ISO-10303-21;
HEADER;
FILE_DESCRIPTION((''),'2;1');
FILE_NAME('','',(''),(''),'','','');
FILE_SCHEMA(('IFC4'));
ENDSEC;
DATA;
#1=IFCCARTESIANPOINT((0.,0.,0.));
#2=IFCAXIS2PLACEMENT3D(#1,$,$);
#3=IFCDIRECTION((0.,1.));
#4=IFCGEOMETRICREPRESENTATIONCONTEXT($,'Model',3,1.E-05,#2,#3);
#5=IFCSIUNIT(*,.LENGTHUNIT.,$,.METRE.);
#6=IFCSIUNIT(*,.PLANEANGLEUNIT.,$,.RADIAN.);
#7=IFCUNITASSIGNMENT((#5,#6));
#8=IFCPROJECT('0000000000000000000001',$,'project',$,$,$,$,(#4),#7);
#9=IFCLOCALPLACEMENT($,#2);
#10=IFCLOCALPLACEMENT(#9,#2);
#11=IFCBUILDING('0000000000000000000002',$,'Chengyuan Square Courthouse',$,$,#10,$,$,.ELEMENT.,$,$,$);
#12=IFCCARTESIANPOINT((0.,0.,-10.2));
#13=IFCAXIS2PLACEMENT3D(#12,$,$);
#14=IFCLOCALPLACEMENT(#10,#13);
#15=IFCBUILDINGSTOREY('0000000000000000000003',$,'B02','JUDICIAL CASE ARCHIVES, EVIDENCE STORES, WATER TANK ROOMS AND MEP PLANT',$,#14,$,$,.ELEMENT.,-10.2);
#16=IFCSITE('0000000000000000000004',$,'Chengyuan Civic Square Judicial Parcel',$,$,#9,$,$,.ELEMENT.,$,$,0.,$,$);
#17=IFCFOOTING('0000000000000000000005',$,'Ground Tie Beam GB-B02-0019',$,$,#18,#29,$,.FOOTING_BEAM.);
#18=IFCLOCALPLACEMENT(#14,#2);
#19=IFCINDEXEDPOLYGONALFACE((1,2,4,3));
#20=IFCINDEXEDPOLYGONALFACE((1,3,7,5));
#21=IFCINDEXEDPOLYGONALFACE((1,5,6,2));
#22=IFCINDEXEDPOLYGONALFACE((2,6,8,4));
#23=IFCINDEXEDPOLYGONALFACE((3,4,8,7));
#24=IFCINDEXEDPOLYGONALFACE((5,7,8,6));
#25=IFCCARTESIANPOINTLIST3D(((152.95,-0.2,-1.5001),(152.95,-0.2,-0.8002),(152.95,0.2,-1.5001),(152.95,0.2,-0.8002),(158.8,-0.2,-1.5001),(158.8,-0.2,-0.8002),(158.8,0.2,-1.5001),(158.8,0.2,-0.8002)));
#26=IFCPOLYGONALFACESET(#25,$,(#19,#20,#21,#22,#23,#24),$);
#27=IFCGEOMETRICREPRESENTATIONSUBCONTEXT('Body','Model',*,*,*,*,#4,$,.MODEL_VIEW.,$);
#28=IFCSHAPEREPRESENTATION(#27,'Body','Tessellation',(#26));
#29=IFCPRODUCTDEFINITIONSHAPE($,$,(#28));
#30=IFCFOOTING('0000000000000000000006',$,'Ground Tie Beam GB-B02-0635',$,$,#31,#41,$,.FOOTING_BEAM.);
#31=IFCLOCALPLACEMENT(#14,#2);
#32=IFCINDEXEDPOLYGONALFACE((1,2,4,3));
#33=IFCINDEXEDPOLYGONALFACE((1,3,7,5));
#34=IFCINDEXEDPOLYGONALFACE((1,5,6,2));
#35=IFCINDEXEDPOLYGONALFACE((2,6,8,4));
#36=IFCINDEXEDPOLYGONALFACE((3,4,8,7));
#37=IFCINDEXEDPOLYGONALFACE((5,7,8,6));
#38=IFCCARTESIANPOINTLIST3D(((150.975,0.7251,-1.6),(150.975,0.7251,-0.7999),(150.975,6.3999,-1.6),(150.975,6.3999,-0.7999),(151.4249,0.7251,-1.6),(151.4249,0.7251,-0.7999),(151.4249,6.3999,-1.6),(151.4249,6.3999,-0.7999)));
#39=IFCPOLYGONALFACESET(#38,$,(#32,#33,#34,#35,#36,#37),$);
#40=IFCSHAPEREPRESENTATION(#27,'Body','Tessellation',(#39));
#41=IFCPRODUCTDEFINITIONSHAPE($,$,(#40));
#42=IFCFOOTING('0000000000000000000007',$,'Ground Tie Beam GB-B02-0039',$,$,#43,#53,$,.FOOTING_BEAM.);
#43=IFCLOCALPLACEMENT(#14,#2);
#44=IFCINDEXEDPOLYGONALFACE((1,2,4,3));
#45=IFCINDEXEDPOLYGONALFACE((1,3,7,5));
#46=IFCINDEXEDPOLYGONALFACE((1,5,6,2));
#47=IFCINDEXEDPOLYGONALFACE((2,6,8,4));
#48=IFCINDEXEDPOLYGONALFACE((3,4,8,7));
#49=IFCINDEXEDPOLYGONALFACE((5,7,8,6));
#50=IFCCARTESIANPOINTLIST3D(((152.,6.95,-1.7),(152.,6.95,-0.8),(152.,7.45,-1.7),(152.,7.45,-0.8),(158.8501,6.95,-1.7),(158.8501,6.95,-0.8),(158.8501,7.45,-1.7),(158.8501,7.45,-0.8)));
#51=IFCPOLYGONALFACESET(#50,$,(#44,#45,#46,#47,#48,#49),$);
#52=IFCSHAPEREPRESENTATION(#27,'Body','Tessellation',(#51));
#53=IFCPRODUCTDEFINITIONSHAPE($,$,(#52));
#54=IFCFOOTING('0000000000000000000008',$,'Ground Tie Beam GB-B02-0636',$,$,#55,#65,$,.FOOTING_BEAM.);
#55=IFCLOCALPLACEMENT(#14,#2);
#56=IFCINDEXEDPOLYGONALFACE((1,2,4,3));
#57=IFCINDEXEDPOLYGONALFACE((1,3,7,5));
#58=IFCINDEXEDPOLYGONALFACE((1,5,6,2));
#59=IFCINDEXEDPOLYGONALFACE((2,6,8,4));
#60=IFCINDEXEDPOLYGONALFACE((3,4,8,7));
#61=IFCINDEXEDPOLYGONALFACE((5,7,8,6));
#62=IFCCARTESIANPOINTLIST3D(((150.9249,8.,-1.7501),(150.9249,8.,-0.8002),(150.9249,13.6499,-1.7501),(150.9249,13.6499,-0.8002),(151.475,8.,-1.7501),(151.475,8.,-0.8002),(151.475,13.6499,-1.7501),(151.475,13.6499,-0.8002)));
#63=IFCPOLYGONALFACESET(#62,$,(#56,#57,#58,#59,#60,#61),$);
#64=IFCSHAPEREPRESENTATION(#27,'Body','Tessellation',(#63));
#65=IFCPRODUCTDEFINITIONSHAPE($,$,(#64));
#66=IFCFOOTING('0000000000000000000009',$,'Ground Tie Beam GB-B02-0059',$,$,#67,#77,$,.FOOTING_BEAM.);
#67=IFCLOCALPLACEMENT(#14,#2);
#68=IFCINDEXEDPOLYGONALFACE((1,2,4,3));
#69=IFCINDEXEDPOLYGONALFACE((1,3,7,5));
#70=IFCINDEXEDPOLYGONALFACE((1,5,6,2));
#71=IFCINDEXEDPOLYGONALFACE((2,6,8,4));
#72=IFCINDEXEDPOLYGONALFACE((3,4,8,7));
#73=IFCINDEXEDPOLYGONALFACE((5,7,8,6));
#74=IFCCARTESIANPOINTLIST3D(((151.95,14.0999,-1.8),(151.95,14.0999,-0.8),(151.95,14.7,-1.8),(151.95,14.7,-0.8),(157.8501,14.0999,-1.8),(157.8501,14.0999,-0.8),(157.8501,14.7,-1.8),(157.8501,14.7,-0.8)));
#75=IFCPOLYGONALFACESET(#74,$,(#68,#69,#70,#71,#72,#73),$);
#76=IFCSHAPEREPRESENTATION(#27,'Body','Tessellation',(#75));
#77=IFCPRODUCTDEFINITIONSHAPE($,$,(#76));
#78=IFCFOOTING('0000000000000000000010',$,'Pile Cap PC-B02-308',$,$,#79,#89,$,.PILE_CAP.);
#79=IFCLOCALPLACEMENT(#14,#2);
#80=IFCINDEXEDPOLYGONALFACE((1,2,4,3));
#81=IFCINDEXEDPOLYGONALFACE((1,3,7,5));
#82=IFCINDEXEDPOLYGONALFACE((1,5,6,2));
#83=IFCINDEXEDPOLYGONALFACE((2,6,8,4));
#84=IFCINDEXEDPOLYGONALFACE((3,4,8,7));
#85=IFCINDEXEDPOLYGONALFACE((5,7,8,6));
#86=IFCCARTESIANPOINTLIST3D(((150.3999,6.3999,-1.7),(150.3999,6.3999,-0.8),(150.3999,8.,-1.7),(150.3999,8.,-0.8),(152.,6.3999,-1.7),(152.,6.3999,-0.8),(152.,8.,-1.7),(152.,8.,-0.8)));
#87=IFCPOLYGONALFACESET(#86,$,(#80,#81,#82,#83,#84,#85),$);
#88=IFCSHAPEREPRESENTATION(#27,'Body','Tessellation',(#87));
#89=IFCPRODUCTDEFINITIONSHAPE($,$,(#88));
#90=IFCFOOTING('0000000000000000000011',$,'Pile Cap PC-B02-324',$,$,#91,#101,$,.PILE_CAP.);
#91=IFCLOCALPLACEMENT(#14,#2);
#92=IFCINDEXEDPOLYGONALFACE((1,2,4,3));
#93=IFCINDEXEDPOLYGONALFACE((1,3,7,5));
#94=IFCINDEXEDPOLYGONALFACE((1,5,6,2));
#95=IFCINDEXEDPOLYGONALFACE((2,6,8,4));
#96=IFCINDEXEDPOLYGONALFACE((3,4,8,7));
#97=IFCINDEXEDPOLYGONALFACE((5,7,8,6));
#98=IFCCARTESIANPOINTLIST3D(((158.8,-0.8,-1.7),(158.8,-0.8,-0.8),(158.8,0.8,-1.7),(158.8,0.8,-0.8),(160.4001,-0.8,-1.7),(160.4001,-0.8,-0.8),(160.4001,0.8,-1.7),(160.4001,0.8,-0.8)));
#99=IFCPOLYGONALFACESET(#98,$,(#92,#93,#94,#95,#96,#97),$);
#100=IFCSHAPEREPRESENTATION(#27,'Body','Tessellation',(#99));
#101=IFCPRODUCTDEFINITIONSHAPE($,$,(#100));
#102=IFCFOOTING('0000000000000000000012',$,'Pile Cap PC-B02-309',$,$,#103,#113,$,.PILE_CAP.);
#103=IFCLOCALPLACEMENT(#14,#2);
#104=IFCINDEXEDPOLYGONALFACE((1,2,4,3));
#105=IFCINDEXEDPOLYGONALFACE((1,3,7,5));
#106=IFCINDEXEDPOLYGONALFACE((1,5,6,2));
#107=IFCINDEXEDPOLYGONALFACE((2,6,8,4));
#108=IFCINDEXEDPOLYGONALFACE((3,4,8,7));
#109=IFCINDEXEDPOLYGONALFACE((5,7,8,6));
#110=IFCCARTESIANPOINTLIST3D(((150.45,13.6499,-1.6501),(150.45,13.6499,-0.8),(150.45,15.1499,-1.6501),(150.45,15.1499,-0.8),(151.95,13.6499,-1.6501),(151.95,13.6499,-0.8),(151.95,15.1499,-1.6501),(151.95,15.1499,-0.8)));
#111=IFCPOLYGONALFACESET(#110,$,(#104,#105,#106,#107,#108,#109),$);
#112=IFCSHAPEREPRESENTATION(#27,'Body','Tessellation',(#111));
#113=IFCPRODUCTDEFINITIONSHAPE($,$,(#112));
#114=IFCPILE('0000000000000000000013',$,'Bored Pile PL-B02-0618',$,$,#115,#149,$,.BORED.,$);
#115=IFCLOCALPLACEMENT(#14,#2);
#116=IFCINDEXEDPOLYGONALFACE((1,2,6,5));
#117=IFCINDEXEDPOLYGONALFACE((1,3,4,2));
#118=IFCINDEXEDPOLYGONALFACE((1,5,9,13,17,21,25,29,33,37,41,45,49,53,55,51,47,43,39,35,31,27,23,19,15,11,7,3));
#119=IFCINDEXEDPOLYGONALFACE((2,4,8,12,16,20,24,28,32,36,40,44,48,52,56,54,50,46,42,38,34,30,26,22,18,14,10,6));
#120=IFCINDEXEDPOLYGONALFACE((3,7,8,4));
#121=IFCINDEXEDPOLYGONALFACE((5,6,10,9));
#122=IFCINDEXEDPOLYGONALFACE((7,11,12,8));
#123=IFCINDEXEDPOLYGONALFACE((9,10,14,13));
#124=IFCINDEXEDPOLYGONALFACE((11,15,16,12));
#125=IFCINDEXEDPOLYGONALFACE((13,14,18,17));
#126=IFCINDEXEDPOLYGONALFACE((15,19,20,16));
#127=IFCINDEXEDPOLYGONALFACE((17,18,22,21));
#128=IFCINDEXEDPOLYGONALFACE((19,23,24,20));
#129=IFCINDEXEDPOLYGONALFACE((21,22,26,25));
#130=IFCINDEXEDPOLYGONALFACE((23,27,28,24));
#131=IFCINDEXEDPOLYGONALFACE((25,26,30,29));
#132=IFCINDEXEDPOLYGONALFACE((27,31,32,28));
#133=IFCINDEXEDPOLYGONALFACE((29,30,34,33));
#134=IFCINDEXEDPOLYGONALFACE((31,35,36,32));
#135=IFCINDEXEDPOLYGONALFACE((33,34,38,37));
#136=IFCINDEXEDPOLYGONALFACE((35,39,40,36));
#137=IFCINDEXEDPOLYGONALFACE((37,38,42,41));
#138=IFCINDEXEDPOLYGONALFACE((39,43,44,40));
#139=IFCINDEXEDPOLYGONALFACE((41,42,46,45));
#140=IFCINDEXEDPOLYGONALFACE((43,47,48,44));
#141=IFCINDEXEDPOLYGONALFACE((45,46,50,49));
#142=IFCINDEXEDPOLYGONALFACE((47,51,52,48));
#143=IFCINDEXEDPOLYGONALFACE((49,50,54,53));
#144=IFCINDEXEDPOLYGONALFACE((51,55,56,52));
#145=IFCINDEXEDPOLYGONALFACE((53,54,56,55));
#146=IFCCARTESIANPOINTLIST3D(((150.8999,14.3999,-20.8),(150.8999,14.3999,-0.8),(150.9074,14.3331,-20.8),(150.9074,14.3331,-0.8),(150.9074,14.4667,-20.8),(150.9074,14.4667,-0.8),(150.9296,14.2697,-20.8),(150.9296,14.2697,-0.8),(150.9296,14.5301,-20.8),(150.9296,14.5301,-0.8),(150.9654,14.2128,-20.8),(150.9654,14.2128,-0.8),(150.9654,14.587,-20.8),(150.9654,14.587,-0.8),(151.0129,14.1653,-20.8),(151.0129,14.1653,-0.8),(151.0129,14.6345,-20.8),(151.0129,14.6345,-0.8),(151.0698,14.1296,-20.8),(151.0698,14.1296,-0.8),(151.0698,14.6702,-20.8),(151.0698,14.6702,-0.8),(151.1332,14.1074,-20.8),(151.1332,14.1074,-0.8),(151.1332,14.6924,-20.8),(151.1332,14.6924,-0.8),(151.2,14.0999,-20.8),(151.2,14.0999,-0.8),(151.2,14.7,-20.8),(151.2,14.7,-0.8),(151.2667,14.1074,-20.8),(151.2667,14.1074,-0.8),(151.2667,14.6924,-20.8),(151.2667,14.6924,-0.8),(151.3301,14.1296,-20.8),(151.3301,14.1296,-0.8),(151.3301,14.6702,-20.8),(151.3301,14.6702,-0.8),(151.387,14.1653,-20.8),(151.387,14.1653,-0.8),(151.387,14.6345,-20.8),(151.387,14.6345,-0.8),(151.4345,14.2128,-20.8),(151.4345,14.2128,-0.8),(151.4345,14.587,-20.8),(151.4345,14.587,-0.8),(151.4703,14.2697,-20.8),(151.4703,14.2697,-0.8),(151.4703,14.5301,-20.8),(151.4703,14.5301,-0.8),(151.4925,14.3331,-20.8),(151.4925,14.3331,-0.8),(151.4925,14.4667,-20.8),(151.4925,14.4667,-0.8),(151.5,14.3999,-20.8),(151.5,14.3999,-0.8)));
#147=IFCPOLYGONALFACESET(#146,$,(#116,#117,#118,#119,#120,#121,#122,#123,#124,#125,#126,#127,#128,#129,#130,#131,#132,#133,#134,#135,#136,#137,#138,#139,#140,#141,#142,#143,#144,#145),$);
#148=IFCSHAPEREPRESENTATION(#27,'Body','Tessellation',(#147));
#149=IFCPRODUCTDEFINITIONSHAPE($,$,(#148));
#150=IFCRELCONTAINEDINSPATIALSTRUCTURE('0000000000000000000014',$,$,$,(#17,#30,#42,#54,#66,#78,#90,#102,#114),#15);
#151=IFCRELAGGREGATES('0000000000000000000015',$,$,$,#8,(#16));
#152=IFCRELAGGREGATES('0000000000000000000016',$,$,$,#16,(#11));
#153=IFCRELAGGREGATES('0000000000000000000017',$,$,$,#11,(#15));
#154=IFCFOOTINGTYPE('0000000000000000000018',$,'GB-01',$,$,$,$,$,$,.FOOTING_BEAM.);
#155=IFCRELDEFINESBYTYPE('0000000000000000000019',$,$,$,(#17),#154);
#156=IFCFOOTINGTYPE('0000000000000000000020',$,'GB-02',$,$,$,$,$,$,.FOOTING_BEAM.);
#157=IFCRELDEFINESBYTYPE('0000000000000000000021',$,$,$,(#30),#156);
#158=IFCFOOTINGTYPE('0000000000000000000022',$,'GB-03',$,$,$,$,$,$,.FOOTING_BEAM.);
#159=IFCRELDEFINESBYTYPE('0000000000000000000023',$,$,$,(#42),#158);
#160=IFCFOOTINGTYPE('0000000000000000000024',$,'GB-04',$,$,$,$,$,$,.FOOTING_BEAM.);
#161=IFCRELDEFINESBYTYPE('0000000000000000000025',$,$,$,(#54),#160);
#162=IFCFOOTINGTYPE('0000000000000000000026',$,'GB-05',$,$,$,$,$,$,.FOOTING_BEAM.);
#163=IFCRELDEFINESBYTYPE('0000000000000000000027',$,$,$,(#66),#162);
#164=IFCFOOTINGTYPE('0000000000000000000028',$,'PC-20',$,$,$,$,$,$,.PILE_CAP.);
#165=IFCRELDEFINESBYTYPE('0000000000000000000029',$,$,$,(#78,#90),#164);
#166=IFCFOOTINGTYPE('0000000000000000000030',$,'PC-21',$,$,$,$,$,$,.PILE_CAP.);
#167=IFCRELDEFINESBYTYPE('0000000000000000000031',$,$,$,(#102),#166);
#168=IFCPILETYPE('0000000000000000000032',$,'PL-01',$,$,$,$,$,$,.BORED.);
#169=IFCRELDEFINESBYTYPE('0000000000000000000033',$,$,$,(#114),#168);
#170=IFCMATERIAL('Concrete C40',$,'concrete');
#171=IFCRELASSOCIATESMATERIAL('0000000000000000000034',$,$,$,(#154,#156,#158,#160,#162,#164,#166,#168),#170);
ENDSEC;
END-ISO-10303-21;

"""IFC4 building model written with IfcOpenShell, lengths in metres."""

from ifc_helpers import new_model, si_unit, direction, frame, origin, origin_2d, place, context, subcontext, project, spatial, rectangle, circle, extrude, material, material_profile, profile_set, type_object, element, save


model = new_model("IFC4")

# Units and contexts
model_context = context("Model", 3, precision=1e-05, world=origin(), true_north=direction((0.0, 1.0)))
body_context = subcontext(model_context, "Body", "Model", "MODEL_VIEW")
ifc_project = project(units=[si_unit("LENGTHUNIT", "METRE"), si_unit("PLANEANGLEUNIT", "RADIAN")], contexts=[model_context])

# Site, building, storey
site_placement = place(None, origin())
site = spatial("IfcSite", under=ifc_project, at=site_placement, Name="Chengyuan Civic Square Judicial Parcel", CompositionType="ELEMENT", RefElevation=0.0)
building_placement = place(site_placement, origin())
building = spatial("IfcBuilding", under=site, at=building_placement, Name="Chengyuan Square Courthouse", CompositionType="ELEMENT")
storey_placement = place(building_placement, frame((0.0, 0.0, -10.2)))
storey = spatial("IfcBuildingStorey", under=building, at=storey_placement, Name="B02", Description="JUDICIAL CASE ARCHIVES, EVIDENCE STORES, WATER TANK ROOMS AND MEP PLANT", CompositionType="ELEMENT", Elevation=-10.2)

# Footings
ifc_material_1 = material(Name="Concrete C40", Category="concrete")
ifc_material_profile_1 = material_profile(ifc_material_1, rectangle(XDim=0.3999, YDim=0.7, at=origin_2d()), Name="GB-400x700")
ifc_profile_set_1 = profile_set([ifc_material_profile_1], Name="Concrete C40")
footing_type_1 = type_object("IfcFootingType", Name="GB-01", PredefinedType="FOOTING_BEAM", material=ifc_profile_set_1)
footing_1_placement = place(storey_placement, frame((152.95, 0.0, -1.1501), z_axis=(1.0, 0.0, 0.0), x_axis=(0.0, 1.0, 0.0)))
element("IfcFooting", 1, at=footing_1_placement, inside=storey, type_object=footing_type_1, Name="Ground Tie Beam GB-B02-0019", PredefinedType="FOOTING_BEAM", context=body_context, shape_type="SweptSolid", body=[
    extrude(rectangle(XDim=0.3999, YDim=0.7, at=origin_2d()), origin(), (0.0, 0.0, 1.0), 5.8501),
])
ifc_material_profile_2 = material_profile(ifc_material_1, rectangle(XDim=0.45, YDim=0.8, at=origin_2d()), Name="GB-450x800")
ifc_profile_set_2 = profile_set([ifc_material_profile_2], Name="Concrete C40")
footing_type_2 = type_object("IfcFootingType", Name="GB-02", PredefinedType="FOOTING_BEAM", material=ifc_profile_set_2)
footing_2_placement = place(storey_placement, frame((151.2, 0.7251, -1.2), z_axis=(0.0, 1.0, 0.0), x_axis=(-1.0, 0.0, 0.0)))
element("IfcFooting", 2, at=footing_2_placement, inside=storey, type_object=footing_type_2, Name="Ground Tie Beam GB-B02-0635", PredefinedType="FOOTING_BEAM", context=body_context, shape_type="SweptSolid", body=[
    extrude(rectangle(XDim=0.45, YDim=0.8, at=origin_2d()), origin(), (0.0, 0.0, 1.0), 5.6748),
])
ifc_material_profile_3 = material_profile(ifc_material_1, rectangle(XDim=0.5, YDim=0.8999, at=origin_2d()), Name="GB-500x900")
ifc_profile_set_3 = profile_set([ifc_material_profile_3], Name="Concrete C40")
footing_type_3 = type_object("IfcFootingType", Name="GB-03", PredefinedType="FOOTING_BEAM", material=ifc_profile_set_3)
footing_3_placement = place(storey_placement, frame((152.0, 7.2, -1.25), z_axis=(1.0, 0.0, 0.0), x_axis=(0.0, 1.0, 0.0)))
element("IfcFooting", 3, at=footing_3_placement, inside=storey, type_object=footing_type_3, Name="Ground Tie Beam GB-B02-0039", PredefinedType="FOOTING_BEAM", context=body_context, shape_type="SweptSolid", body=[
    extrude(rectangle(XDim=0.5, YDim=0.8999, at=origin_2d()), origin(), (0.0, 0.0, 1.0), 6.8501),
])
ifc_material_profile_4 = material_profile(ifc_material_1, rectangle(XDim=0.55, YDim=0.95, at=origin_2d()), Name="GB-550x950")
ifc_profile_set_4 = profile_set([ifc_material_profile_4], Name="Concrete C40")
footing_type_4 = type_object("IfcFootingType", Name="GB-04", PredefinedType="FOOTING_BEAM", material=ifc_profile_set_4)
footing_4_placement = place(storey_placement, frame((151.2, 8.0, -1.2751), z_axis=(0.0, 1.0, 0.0), x_axis=(-1.0, 0.0, 0.0)))
element("IfcFooting", 4, at=footing_4_placement, inside=storey, type_object=footing_type_4, Name="Ground Tie Beam GB-B02-0636", PredefinedType="FOOTING_BEAM", context=body_context, shape_type="SweptSolid", body=[
    extrude(rectangle(XDim=0.55, YDim=0.95, at=origin_2d()), origin(), (0.0, 0.0, 1.0), 5.6499),
])
ifc_material_profile_5 = material_profile(ifc_material_1, rectangle(XDim=0.6001, YDim=1.0, at=origin_2d()), Name="GB-600x1000")
ifc_profile_set_5 = profile_set([ifc_material_profile_5], Name="Concrete C40")
footing_type_5 = type_object("IfcFootingType", Name="GB-05", PredefinedType="FOOTING_BEAM", material=ifc_profile_set_5)
footing_5_placement = place(storey_placement, frame((151.95, 14.3999, -1.3), z_axis=(1.0, 0.0, 0.0), x_axis=(0.0, 1.0, 0.0)))
element("IfcFooting", 5, at=footing_5_placement, inside=storey, type_object=footing_type_5, Name="Ground Tie Beam GB-B02-0059", PredefinedType="FOOTING_BEAM", context=body_context, shape_type="SweptSolid", body=[
    extrude(rectangle(XDim=0.6001, YDim=1.0, at=origin_2d()), origin(), (0.0, 0.0, 1.0), 5.9001),
])
footing_type_6 = type_object("IfcFootingType", Name="PC-20", PredefinedType="PILE_CAP", material=ifc_material_1)
for number, where, z_axis, x_axis, name in (
    (6, (151.2, 7.2, -1.7), (0.0, 0.0, 1.0), (1.0, 0.0, 0.0), "Pile Cap PC-B02-308"),
    (7, (159.6001, 0.0, -1.7), (0.0, 0.0, 1.0), (1.0, 0.0, 0.0), "Pile Cap PC-B02-324"),
):
    element("IfcFooting", number, at=place(storey_placement, frame(where, z_axis=z_axis, x_axis=x_axis)), inside=storey, type_object=footing_type_6, Name=name, PredefinedType="PILE_CAP", context=body_context, shape_type="SweptSolid", body=[
        extrude(rectangle(XDim=1.6001, YDim=1.6001, at=origin_2d()), origin(), (0.0, 0.0, 1.0), 0.8999),
    ])
footing_type_7 = type_object("IfcFootingType", Name="PC-21", PredefinedType="PILE_CAP", material=ifc_material_1)
footing_6_placement = place(storey_placement, frame((151.2, 14.3999, -1.6501), z_axis=(0.0, 0.0, 1.0), x_axis=(1.0, 0.0, 0.0)))
element("IfcFooting", 8, at=footing_6_placement, inside=storey, type_object=footing_type_7, Name="Pile Cap PC-B02-309", PredefinedType="PILE_CAP", context=body_context, shape_type="SweptSolid", body=[
    extrude(rectangle(XDim=1.5, YDim=1.5, at=origin_2d()), origin(), (0.0, 0.0, 1.0), 0.8501),
])

# Pile
ifc_material_profile_6 = material_profile(ifc_material_1, circle(Radius=0.3, at=origin_2d()), Name="BORED PILE D600")
ifc_profile_set_6 = profile_set([ifc_material_profile_6], Name="Concrete C40")
pile_type_1 = type_object("IfcPileType", Name="PL-01", PredefinedType="BORED", material=ifc_profile_set_6)
pile_placement = place(storey_placement, frame((151.2, 14.3999, -0.8), z_axis=(0.0, 0.0, -1.0), x_axis=(1.0, 0.0, 0.0)))
element("IfcPile", 9, at=pile_placement, inside=storey, type_object=pile_type_1, Name="Bored Pile PL-B02-0618", PredefinedType="BORED", context=body_context, shape_type="SweptSolid", body=[
    extrude(circle(Radius=0.3, at=origin_2d()), origin(), (0.0, 0.0, 1.0), 20.0),
])

save(model, "model.ifc")
